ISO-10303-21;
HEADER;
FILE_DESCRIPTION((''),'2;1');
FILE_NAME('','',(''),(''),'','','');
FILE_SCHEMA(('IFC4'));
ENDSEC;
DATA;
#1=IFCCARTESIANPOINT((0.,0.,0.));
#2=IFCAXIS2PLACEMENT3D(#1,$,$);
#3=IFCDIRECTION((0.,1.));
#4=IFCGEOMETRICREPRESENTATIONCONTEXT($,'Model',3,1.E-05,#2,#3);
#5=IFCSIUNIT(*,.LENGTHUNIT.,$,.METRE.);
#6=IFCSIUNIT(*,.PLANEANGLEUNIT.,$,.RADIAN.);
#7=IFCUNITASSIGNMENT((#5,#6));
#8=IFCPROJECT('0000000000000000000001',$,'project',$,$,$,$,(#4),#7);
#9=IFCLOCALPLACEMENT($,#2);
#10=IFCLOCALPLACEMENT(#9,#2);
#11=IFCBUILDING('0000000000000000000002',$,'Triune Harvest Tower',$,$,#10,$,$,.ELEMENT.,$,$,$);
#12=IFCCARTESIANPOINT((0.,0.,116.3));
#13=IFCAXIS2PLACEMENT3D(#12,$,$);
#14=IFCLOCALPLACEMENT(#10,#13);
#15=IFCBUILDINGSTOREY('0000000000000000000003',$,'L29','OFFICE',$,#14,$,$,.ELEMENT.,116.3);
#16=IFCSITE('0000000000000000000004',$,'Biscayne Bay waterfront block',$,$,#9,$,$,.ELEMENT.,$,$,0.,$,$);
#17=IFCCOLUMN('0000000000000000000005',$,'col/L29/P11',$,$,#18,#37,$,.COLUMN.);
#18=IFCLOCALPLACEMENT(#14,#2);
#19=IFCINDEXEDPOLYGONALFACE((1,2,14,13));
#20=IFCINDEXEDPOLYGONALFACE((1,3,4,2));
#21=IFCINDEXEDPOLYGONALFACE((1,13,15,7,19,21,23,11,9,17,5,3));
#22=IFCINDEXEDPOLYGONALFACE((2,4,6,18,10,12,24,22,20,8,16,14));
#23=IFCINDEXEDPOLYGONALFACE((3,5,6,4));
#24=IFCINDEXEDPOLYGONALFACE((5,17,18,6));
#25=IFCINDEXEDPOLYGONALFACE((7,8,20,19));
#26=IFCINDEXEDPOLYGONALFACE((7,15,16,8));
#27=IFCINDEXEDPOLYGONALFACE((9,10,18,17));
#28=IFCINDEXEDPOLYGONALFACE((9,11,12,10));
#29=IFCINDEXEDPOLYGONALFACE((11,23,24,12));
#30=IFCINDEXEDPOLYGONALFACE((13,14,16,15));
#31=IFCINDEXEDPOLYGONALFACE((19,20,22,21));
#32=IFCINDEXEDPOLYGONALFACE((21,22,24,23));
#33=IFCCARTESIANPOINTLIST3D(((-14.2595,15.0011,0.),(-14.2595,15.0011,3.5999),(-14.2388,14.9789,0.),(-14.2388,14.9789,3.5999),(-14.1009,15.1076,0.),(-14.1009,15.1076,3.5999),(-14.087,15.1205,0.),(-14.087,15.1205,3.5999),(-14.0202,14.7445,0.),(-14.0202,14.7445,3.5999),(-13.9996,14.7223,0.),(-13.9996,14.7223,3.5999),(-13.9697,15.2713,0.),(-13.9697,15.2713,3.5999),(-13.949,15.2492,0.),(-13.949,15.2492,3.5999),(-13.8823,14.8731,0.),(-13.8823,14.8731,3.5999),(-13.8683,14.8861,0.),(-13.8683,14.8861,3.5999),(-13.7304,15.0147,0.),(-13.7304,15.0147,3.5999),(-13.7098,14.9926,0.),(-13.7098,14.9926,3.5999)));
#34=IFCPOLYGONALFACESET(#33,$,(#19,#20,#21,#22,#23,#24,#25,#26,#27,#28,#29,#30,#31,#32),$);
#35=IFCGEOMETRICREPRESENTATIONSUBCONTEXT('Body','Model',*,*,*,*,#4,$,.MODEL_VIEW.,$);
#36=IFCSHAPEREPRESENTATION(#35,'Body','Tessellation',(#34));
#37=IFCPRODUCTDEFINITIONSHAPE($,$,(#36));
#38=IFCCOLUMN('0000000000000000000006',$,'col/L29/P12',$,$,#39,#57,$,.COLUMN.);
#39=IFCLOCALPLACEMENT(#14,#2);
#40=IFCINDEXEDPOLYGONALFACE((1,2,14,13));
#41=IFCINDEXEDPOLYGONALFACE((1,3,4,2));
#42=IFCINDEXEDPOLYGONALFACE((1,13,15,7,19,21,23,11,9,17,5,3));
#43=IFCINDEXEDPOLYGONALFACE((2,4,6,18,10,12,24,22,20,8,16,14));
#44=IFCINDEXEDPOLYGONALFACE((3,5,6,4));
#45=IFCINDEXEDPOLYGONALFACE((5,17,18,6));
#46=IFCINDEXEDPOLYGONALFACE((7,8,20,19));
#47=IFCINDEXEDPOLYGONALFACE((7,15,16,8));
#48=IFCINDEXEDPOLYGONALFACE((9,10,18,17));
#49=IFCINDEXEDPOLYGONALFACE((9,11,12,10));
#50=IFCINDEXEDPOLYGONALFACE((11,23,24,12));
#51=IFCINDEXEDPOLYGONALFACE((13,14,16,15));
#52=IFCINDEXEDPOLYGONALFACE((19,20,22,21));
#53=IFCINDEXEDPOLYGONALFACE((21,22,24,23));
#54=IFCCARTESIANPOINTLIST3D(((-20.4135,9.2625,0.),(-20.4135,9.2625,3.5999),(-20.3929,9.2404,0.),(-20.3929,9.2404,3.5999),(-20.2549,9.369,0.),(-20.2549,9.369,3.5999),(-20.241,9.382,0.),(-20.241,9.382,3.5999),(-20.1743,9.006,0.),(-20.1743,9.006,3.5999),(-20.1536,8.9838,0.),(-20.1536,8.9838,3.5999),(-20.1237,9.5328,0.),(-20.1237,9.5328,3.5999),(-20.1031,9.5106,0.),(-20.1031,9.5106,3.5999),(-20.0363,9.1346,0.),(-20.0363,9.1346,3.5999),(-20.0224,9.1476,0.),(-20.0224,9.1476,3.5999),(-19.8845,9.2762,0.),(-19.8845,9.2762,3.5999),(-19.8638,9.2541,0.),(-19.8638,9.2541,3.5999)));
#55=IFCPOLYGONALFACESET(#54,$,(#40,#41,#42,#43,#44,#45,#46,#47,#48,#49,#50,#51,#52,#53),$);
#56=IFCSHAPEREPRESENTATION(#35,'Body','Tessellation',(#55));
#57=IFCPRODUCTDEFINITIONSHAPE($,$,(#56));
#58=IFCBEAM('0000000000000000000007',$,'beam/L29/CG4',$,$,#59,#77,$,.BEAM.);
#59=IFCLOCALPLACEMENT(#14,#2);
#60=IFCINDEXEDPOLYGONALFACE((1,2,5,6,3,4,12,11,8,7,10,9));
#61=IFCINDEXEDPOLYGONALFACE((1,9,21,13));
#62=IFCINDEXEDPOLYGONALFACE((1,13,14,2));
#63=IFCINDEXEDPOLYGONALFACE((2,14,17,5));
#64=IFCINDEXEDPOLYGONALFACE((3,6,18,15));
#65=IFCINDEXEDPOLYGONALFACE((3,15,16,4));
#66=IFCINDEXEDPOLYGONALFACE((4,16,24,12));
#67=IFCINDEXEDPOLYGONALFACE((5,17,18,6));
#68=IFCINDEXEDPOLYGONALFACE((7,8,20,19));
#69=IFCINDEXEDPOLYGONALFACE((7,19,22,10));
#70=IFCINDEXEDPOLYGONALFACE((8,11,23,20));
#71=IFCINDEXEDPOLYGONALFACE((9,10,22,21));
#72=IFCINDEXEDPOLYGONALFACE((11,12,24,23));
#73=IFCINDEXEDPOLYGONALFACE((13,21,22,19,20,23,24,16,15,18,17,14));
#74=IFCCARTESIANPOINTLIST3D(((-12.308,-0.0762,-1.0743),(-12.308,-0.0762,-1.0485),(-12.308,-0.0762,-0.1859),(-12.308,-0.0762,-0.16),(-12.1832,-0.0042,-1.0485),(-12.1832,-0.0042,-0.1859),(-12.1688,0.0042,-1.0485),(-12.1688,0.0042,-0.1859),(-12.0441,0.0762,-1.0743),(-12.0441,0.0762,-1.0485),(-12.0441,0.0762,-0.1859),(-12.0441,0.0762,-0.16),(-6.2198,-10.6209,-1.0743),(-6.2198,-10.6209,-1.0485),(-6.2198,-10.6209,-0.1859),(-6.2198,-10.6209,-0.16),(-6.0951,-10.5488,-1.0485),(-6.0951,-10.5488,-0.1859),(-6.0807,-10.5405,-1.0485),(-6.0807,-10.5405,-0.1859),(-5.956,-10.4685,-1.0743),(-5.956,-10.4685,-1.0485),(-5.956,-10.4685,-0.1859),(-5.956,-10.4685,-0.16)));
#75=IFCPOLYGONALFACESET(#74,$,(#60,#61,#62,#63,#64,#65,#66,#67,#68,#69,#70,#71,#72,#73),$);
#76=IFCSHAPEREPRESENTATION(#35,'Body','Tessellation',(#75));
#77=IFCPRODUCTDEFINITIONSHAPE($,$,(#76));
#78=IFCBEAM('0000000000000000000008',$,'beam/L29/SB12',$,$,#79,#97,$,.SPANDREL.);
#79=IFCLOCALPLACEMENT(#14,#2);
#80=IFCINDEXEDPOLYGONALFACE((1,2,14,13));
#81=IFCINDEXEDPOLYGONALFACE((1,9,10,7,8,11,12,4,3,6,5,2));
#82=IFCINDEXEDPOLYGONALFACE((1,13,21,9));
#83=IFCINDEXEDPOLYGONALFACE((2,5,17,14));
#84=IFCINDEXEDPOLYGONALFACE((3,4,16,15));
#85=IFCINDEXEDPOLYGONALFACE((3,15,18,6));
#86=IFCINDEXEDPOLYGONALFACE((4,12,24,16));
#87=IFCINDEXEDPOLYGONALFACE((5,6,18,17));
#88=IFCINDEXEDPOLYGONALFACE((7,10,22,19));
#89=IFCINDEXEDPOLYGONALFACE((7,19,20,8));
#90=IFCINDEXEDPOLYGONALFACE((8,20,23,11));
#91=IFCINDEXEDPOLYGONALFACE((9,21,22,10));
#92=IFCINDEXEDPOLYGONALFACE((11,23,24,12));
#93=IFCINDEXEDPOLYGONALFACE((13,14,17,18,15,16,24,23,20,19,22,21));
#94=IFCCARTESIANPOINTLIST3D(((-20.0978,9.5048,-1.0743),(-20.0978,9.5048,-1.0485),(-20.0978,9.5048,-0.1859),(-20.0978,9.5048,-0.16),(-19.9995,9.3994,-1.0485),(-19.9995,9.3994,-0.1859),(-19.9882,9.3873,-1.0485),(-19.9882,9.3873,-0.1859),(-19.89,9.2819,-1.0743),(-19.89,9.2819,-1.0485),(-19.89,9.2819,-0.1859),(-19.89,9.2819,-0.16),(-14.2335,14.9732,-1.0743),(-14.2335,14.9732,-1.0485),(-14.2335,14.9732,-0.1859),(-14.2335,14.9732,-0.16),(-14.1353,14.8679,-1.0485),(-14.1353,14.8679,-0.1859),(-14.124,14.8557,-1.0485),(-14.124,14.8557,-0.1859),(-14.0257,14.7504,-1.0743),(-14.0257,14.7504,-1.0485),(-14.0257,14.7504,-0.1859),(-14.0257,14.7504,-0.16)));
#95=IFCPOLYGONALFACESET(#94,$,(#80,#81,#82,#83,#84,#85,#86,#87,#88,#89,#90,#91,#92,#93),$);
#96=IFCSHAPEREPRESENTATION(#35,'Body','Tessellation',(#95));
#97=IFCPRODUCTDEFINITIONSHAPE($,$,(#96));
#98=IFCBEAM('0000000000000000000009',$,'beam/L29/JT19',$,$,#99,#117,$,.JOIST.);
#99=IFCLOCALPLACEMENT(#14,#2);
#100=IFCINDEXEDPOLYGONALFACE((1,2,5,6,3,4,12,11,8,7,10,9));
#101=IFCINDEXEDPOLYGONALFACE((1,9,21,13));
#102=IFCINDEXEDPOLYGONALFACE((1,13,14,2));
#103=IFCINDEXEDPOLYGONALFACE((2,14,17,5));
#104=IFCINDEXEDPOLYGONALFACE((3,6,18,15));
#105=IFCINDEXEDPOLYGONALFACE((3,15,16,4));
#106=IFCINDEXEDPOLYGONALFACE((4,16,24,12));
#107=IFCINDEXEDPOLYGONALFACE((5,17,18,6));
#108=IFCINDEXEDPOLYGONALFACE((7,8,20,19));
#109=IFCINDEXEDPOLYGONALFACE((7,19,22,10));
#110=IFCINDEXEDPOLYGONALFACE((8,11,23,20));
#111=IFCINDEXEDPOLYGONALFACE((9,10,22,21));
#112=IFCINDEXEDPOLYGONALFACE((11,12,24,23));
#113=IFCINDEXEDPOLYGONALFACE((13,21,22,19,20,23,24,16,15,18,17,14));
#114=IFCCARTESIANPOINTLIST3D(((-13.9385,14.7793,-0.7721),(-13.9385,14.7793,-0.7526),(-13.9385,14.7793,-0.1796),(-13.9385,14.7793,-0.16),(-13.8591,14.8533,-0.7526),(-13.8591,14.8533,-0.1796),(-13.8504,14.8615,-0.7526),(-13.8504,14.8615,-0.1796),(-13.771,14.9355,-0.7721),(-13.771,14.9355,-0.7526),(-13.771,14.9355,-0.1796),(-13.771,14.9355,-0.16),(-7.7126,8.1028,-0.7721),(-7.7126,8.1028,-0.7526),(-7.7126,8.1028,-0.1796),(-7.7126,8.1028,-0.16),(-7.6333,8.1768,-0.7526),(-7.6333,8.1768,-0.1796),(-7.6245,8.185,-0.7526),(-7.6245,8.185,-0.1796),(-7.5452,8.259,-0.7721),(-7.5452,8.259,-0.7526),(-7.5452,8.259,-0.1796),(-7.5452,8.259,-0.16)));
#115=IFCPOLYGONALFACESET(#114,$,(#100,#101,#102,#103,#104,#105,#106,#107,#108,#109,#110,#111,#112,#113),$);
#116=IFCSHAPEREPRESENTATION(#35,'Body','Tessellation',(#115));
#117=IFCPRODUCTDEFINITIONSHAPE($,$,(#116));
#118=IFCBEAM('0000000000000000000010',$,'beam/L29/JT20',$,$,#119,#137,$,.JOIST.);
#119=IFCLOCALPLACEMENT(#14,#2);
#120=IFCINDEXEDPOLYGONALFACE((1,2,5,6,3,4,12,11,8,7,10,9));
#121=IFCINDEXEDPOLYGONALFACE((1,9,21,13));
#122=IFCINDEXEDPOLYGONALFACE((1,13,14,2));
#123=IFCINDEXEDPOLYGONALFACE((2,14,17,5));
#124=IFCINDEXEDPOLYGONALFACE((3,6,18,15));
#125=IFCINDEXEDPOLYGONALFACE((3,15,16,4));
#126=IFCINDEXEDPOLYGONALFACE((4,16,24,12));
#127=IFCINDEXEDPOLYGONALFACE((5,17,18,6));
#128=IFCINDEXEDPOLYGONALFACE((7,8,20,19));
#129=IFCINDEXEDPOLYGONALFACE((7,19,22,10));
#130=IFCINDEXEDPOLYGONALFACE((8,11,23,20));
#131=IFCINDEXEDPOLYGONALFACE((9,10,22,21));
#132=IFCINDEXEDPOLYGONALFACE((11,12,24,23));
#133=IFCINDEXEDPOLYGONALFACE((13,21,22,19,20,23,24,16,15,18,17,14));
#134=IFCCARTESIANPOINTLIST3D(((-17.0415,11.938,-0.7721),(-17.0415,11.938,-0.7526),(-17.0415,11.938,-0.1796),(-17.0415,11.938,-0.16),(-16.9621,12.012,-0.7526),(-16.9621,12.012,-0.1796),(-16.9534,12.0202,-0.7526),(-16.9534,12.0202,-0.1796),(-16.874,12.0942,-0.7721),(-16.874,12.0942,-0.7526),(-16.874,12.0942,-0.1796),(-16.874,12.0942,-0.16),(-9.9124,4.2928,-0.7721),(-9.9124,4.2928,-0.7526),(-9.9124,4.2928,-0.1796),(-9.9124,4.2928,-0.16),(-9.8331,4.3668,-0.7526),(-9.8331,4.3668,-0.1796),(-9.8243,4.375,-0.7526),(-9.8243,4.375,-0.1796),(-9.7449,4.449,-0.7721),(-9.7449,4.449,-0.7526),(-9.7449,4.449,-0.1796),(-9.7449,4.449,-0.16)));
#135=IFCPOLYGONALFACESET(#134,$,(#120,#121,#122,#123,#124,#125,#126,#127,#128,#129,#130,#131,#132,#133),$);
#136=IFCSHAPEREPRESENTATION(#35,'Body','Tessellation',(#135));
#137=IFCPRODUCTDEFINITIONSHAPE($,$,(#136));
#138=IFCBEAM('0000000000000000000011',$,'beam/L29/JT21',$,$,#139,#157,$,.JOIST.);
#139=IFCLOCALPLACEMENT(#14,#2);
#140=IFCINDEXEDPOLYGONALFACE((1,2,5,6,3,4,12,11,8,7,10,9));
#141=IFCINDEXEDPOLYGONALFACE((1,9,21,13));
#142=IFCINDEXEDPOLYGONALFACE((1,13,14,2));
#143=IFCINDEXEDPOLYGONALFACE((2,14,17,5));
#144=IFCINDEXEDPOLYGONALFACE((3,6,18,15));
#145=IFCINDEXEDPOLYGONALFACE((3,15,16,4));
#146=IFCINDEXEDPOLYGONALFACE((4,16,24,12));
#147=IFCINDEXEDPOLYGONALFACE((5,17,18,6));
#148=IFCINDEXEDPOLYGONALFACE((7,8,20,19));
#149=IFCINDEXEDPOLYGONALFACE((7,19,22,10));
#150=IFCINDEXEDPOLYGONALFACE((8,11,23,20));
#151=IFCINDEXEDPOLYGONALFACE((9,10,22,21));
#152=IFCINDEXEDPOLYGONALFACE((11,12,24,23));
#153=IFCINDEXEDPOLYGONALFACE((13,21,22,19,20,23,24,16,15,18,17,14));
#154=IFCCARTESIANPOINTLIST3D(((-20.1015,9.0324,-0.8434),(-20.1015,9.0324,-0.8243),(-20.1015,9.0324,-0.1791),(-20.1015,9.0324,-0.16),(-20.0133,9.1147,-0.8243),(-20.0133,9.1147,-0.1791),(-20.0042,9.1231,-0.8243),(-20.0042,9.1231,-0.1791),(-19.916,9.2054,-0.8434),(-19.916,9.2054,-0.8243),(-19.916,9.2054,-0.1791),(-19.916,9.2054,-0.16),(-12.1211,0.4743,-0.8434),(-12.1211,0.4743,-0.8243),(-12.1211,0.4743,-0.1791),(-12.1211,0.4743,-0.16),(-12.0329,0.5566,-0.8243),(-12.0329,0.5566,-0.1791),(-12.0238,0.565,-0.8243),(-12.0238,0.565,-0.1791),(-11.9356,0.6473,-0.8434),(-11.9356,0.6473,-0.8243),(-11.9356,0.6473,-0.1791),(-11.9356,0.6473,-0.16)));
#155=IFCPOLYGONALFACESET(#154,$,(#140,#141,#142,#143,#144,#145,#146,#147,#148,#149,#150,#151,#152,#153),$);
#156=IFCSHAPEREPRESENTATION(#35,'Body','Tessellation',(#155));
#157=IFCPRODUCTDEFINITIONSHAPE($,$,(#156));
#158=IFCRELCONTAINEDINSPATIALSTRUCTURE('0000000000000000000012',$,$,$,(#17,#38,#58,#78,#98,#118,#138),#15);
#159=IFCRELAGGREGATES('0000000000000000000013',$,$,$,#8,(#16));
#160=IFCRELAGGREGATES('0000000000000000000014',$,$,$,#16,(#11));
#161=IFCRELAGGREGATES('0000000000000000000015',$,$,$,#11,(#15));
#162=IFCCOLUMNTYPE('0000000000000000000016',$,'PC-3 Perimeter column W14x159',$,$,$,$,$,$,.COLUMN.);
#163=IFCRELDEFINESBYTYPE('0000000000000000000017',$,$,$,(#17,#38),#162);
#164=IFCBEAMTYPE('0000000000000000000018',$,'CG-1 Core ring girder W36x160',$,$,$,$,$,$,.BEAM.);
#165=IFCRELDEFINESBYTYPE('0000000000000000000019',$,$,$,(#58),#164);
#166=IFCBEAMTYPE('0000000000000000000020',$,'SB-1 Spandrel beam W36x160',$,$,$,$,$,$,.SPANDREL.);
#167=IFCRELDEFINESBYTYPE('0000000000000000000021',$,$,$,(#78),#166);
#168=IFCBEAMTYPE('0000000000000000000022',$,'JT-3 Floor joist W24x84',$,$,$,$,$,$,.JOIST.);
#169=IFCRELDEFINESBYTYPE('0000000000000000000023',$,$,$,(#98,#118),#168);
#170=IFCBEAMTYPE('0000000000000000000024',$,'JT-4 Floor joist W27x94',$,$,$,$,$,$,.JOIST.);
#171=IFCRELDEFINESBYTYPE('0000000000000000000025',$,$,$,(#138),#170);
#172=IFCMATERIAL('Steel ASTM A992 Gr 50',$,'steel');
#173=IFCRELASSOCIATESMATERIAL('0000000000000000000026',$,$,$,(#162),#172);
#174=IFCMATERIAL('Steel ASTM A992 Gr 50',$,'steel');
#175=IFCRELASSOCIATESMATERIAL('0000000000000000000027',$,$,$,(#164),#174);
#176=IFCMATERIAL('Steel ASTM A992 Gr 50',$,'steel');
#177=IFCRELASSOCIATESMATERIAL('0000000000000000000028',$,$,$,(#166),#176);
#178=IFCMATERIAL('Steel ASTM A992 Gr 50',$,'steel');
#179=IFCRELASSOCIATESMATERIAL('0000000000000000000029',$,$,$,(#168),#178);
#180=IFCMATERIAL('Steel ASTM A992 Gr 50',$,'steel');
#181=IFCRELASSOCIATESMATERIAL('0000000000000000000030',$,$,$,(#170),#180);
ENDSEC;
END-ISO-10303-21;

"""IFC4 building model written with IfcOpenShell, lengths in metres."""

from ifc_helpers import new_model, si_unit, direction, frame, origin, origin_2d, place, context, subcontext, project, spatial, i_section, extrude, source, transform, mapped, material, material_profile, profile_set, type_object, element, save


model = new_model("IFC4")

# Units and contexts
model_context = context("Model", 3, precision=1e-05, world=origin(), true_north=direction((0.0, 1.0)))
body_context = subcontext(model_context, "Body", "Model", "MODEL_VIEW")
ifc_project = project(units=[si_unit("LENGTHUNIT", "METRE"), si_unit("PLANEANGLEUNIT", "RADIAN")], contexts=[model_context])

# Site, building, storey
site_placement = place(None, origin())
site = spatial("IfcSite", under=ifc_project, at=site_placement, Name="Biscayne Bay waterfront block", CompositionType="ELEMENT", RefElevation=0.0)
building_placement = place(site_placement, origin())
building = spatial("IfcBuilding", under=site, at=building_placement, Name="Triune Harvest Tower", CompositionType="ELEMENT")
storey_placement = place(building_placement, frame((0.0, 0.0, 116.3)))
storey = spatial("IfcBuildingStorey", under=building, at=storey_placement, Name="L29", Description="OFFICE", CompositionType="ELEMENT", Elevation=116.3)

# Columns
ifc_material_1 = material(Name="Steel ASTM A992 Gr 50", Category="steel")
ifc_material_profile_1 = material_profile(ifc_material_1, i_section(OverallWidth=0.3962, OverallDepth=0.3811, WebThickness=0.019, FlangeThickness=0.0303, at=origin_2d()), Name="W14x159")
ifc_profile_set_1 = profile_set([ifc_material_profile_1], Name="Steel ASTM A992 Gr 50")
column_type = type_object("IfcColumnType", Name="PC-3 Perimeter column W14x159", PredefinedType="COLUMN", material=ifc_profile_set_1)
shared_shape_1 = source(origin(), body_context, "Body", "SweptSolid", [
    extrude(i_section(OverallWidth=0.3962, OverallDepth=0.3811, WebThickness=0.019, FlangeThickness=0.0303, at=origin_2d()), origin(), (0.0, 0.0, 1.0), 3.5999),
])
for number, where, z_axis, x_axis, name in (
    (1, (-13.9846, 14.9968, 0.0), (0.0, 0.0, 1.0), (-0.731355, -0.681997, 0.0), "col/L29/P11"),
    (2, (-20.1387, 9.2583, 0.0), (0.0, 0.0, 1.0), (-0.731355, -0.681997, 0.0), "col/L29/P12"),
):
    element("IfcColumn", number, at=place(storey_placement, frame(where, z_axis=z_axis, x_axis=x_axis)), inside=storey, type_object=column_type, Name=name, PredefinedType="COLUMN", context=body_context, shape_type="MappedRepresentation", body=[
        mapped(shared_shape_1, transform((0.0, 0.0, 0.0), scale=1.0)),
    ])

# Beams
ifc_material_2 = material(Name="Steel ASTM A992 Gr 50", Category="steel")
ifc_material_profile_2 = material_profile(ifc_material_2, i_section(OverallWidth=0.3047, OverallDepth=0.9143, WebThickness=0.0166, FlangeThickness=0.0259, at=origin_2d()), Name="W36x160")
ifc_profile_set_2 = profile_set([ifc_material_profile_2], Name="Steel ASTM A992 Gr 50")
beam_type_1 = type_object("IfcBeamType", Name="CG-1 Core ring girder W36x160", PredefinedType="BEAM", material=ifc_profile_set_2)
shared_shape_2 = source(origin(), body_context, "Body", "SweptSolid", [
    extrude(i_section(OverallWidth=0.3047, OverallDepth=0.9143, WebThickness=0.0166, FlangeThickness=0.0259, at=origin_2d()), origin(), (0.0, 0.0, 1.0), 12.176),
])
beam_1_placement = place(storey_placement, frame((-12.176, 0.0, -0.6172), z_axis=(0.50001, -0.86602, 0.0), x_axis=(0.86602, 0.50001, 0.0)))
element("IfcBeam", 3, at=beam_1_placement, inside=storey, type_object=beam_type_1, Name="beam/L29/CG4", PredefinedType="BEAM", context=body_context, shape_type="MappedRepresentation", body=[
    mapped(shared_shape_2, transform((0.0, 0.0, 0.0), scale=1.0)),
])
ifc_material_3 = material(Name="Steel ASTM A992 Gr 50", Category="steel")
ifc_material_profile_3 = material_profile(ifc_material_3, i_section(OverallWidth=0.3047, OverallDepth=0.9143, WebThickness=0.0166, FlangeThickness=0.0259, at=origin_2d()), Name="W36x160")
ifc_profile_set_3 = profile_set([ifc_material_profile_3], Name="Steel ASTM A992 Gr 50")
beam_type_2 = type_object("IfcBeamType", Name="SB-1 Spandrel beam W36x160", PredefinedType="SPANDREL", material=ifc_profile_set_3)
shared_shape_3 = source(origin(), body_context, "Body", "SweptSolid", [
    extrude(i_section(OverallWidth=0.3047, OverallDepth=0.9143, WebThickness=0.0166, FlangeThickness=0.0259, at=origin_2d()), origin(), (0.0, 0.0, 1.0), 8.0183),
])
beam_2_placement = place(storey_placement, frame((-14.1296, 14.8618, -0.6172), z_axis=(-0.731354, -0.681998, 0.0), x_axis=(0.681998, -0.731354, 0.0)))
element("IfcBeam", 4, at=beam_2_placement, inside=storey, type_object=beam_type_2, Name="beam/L29/SB12", PredefinedType="SPANDREL", context=body_context, shape_type="MappedRepresentation", body=[
    mapped(shared_shape_3, transform((0.0, 0.0, 0.0), scale=1.0)),
])
ifc_material_4 = material(Name="Steel ASTM A992 Gr 50", Category="steel")
ifc_material_profile_4 = material_profile(ifc_material_4, i_section(OverallWidth=0.229, OverallDepth=0.6121, WebThickness=0.012, FlangeThickness=0.0195, at=origin_2d()), Name="W24x84")
ifc_profile_set_4 = profile_set([ifc_material_profile_4], Name="Steel ASTM A992 Gr 50")
beam_type_3 = type_object("IfcBeamType", Name="JT-3 Floor joist W24x84", PredefinedType="JOIST", material=ifc_profile_set_4)
shared_shape_4 = source(origin(), body_context, "Body", "SweptSolid", [
    extrude(i_section(OverallWidth=0.229, OverallDepth=0.6121, WebThickness=0.012, FlangeThickness=0.0195, at=origin_2d()), origin(), (0.0, 0.0, 1.0), 9.1289),
])
beam_3_placement = place(storey_placement, frame((-13.8547, 14.8574, -0.4661), z_axis=(0.681991, -0.73136, 0.0), x_axis=(0.73136, 0.681991, 0.0)))
element("IfcBeam", 5, at=beam_3_placement, inside=storey, type_object=beam_type_3, Name="beam/L29/JT19", PredefinedType="JOIST", context=body_context, shape_type="MappedRepresentation", body=[
    mapped(shared_shape_4, transform((0.0, 0.0, 0.0), scale=1.0)),
])
shared_shape_5 = source(origin(), body_context, "Body", "SweptSolid", [
    extrude(i_section(OverallWidth=0.229, OverallDepth=0.6121, WebThickness=0.012, FlangeThickness=0.0195, at=origin_2d()), origin(), (0.0, 0.0, 1.0), 10.4534),
])
beam_4_placement = place(storey_placement, frame((-16.9578, 12.0161, -0.4661), z_axis=(0.681989, -0.731362, 0.0), x_axis=(0.731362, 0.681989, 0.0)))
element("IfcBeam", 6, at=beam_4_placement, inside=storey, type_object=beam_type_3, Name="beam/L29/JT20", PredefinedType="JOIST", context=body_context, shape_type="MappedRepresentation", body=[
    mapped(shared_shape_5, transform((0.0, 0.0, 0.0), scale=1.0)),
])
ifc_material_5 = material(Name="Steel ASTM A992 Gr 50", Category="steel")
ifc_material_profile_5 = material_profile(ifc_material_5, i_section(OverallWidth=0.2537, OverallDepth=0.6833, WebThickness=0.0125, FlangeThickness=0.019, at=origin_2d()), Name="W27x94")
ifc_profile_set_5 = profile_set([ifc_material_profile_5], Name="Steel ASTM A992 Gr 50")
beam_type_4 = type_object("IfcBeamType", Name="JT-4 Floor joist W27x94", PredefinedType="JOIST", material=ifc_profile_set_5)
shared_shape_6 = source(origin(), body_context, "Body", "SweptSolid", [
    extrude(i_section(OverallWidth=0.2537, OverallDepth=0.6833, WebThickness=0.0125, FlangeThickness=0.019, at=origin_2d()), origin(), (0.0, 0.0, 1.0), 11.7017),
])
beam_5_placement = place(storey_placement, frame((-20.0088, 9.1189, -0.5017), z_axis=(0.681994, -0.731358, 0.0), x_axis=(0.731358, 0.681994, 0.0)))
element("IfcBeam", 7, at=beam_5_placement, inside=storey, type_object=beam_type_4, Name="beam/L29/JT21", PredefinedType="JOIST", context=body_context, shape_type="MappedRepresentation", body=[
    mapped(shared_shape_6, transform((0.0, 0.0, 0.0), scale=1.0)),
])

save(model, "model.ifc")
